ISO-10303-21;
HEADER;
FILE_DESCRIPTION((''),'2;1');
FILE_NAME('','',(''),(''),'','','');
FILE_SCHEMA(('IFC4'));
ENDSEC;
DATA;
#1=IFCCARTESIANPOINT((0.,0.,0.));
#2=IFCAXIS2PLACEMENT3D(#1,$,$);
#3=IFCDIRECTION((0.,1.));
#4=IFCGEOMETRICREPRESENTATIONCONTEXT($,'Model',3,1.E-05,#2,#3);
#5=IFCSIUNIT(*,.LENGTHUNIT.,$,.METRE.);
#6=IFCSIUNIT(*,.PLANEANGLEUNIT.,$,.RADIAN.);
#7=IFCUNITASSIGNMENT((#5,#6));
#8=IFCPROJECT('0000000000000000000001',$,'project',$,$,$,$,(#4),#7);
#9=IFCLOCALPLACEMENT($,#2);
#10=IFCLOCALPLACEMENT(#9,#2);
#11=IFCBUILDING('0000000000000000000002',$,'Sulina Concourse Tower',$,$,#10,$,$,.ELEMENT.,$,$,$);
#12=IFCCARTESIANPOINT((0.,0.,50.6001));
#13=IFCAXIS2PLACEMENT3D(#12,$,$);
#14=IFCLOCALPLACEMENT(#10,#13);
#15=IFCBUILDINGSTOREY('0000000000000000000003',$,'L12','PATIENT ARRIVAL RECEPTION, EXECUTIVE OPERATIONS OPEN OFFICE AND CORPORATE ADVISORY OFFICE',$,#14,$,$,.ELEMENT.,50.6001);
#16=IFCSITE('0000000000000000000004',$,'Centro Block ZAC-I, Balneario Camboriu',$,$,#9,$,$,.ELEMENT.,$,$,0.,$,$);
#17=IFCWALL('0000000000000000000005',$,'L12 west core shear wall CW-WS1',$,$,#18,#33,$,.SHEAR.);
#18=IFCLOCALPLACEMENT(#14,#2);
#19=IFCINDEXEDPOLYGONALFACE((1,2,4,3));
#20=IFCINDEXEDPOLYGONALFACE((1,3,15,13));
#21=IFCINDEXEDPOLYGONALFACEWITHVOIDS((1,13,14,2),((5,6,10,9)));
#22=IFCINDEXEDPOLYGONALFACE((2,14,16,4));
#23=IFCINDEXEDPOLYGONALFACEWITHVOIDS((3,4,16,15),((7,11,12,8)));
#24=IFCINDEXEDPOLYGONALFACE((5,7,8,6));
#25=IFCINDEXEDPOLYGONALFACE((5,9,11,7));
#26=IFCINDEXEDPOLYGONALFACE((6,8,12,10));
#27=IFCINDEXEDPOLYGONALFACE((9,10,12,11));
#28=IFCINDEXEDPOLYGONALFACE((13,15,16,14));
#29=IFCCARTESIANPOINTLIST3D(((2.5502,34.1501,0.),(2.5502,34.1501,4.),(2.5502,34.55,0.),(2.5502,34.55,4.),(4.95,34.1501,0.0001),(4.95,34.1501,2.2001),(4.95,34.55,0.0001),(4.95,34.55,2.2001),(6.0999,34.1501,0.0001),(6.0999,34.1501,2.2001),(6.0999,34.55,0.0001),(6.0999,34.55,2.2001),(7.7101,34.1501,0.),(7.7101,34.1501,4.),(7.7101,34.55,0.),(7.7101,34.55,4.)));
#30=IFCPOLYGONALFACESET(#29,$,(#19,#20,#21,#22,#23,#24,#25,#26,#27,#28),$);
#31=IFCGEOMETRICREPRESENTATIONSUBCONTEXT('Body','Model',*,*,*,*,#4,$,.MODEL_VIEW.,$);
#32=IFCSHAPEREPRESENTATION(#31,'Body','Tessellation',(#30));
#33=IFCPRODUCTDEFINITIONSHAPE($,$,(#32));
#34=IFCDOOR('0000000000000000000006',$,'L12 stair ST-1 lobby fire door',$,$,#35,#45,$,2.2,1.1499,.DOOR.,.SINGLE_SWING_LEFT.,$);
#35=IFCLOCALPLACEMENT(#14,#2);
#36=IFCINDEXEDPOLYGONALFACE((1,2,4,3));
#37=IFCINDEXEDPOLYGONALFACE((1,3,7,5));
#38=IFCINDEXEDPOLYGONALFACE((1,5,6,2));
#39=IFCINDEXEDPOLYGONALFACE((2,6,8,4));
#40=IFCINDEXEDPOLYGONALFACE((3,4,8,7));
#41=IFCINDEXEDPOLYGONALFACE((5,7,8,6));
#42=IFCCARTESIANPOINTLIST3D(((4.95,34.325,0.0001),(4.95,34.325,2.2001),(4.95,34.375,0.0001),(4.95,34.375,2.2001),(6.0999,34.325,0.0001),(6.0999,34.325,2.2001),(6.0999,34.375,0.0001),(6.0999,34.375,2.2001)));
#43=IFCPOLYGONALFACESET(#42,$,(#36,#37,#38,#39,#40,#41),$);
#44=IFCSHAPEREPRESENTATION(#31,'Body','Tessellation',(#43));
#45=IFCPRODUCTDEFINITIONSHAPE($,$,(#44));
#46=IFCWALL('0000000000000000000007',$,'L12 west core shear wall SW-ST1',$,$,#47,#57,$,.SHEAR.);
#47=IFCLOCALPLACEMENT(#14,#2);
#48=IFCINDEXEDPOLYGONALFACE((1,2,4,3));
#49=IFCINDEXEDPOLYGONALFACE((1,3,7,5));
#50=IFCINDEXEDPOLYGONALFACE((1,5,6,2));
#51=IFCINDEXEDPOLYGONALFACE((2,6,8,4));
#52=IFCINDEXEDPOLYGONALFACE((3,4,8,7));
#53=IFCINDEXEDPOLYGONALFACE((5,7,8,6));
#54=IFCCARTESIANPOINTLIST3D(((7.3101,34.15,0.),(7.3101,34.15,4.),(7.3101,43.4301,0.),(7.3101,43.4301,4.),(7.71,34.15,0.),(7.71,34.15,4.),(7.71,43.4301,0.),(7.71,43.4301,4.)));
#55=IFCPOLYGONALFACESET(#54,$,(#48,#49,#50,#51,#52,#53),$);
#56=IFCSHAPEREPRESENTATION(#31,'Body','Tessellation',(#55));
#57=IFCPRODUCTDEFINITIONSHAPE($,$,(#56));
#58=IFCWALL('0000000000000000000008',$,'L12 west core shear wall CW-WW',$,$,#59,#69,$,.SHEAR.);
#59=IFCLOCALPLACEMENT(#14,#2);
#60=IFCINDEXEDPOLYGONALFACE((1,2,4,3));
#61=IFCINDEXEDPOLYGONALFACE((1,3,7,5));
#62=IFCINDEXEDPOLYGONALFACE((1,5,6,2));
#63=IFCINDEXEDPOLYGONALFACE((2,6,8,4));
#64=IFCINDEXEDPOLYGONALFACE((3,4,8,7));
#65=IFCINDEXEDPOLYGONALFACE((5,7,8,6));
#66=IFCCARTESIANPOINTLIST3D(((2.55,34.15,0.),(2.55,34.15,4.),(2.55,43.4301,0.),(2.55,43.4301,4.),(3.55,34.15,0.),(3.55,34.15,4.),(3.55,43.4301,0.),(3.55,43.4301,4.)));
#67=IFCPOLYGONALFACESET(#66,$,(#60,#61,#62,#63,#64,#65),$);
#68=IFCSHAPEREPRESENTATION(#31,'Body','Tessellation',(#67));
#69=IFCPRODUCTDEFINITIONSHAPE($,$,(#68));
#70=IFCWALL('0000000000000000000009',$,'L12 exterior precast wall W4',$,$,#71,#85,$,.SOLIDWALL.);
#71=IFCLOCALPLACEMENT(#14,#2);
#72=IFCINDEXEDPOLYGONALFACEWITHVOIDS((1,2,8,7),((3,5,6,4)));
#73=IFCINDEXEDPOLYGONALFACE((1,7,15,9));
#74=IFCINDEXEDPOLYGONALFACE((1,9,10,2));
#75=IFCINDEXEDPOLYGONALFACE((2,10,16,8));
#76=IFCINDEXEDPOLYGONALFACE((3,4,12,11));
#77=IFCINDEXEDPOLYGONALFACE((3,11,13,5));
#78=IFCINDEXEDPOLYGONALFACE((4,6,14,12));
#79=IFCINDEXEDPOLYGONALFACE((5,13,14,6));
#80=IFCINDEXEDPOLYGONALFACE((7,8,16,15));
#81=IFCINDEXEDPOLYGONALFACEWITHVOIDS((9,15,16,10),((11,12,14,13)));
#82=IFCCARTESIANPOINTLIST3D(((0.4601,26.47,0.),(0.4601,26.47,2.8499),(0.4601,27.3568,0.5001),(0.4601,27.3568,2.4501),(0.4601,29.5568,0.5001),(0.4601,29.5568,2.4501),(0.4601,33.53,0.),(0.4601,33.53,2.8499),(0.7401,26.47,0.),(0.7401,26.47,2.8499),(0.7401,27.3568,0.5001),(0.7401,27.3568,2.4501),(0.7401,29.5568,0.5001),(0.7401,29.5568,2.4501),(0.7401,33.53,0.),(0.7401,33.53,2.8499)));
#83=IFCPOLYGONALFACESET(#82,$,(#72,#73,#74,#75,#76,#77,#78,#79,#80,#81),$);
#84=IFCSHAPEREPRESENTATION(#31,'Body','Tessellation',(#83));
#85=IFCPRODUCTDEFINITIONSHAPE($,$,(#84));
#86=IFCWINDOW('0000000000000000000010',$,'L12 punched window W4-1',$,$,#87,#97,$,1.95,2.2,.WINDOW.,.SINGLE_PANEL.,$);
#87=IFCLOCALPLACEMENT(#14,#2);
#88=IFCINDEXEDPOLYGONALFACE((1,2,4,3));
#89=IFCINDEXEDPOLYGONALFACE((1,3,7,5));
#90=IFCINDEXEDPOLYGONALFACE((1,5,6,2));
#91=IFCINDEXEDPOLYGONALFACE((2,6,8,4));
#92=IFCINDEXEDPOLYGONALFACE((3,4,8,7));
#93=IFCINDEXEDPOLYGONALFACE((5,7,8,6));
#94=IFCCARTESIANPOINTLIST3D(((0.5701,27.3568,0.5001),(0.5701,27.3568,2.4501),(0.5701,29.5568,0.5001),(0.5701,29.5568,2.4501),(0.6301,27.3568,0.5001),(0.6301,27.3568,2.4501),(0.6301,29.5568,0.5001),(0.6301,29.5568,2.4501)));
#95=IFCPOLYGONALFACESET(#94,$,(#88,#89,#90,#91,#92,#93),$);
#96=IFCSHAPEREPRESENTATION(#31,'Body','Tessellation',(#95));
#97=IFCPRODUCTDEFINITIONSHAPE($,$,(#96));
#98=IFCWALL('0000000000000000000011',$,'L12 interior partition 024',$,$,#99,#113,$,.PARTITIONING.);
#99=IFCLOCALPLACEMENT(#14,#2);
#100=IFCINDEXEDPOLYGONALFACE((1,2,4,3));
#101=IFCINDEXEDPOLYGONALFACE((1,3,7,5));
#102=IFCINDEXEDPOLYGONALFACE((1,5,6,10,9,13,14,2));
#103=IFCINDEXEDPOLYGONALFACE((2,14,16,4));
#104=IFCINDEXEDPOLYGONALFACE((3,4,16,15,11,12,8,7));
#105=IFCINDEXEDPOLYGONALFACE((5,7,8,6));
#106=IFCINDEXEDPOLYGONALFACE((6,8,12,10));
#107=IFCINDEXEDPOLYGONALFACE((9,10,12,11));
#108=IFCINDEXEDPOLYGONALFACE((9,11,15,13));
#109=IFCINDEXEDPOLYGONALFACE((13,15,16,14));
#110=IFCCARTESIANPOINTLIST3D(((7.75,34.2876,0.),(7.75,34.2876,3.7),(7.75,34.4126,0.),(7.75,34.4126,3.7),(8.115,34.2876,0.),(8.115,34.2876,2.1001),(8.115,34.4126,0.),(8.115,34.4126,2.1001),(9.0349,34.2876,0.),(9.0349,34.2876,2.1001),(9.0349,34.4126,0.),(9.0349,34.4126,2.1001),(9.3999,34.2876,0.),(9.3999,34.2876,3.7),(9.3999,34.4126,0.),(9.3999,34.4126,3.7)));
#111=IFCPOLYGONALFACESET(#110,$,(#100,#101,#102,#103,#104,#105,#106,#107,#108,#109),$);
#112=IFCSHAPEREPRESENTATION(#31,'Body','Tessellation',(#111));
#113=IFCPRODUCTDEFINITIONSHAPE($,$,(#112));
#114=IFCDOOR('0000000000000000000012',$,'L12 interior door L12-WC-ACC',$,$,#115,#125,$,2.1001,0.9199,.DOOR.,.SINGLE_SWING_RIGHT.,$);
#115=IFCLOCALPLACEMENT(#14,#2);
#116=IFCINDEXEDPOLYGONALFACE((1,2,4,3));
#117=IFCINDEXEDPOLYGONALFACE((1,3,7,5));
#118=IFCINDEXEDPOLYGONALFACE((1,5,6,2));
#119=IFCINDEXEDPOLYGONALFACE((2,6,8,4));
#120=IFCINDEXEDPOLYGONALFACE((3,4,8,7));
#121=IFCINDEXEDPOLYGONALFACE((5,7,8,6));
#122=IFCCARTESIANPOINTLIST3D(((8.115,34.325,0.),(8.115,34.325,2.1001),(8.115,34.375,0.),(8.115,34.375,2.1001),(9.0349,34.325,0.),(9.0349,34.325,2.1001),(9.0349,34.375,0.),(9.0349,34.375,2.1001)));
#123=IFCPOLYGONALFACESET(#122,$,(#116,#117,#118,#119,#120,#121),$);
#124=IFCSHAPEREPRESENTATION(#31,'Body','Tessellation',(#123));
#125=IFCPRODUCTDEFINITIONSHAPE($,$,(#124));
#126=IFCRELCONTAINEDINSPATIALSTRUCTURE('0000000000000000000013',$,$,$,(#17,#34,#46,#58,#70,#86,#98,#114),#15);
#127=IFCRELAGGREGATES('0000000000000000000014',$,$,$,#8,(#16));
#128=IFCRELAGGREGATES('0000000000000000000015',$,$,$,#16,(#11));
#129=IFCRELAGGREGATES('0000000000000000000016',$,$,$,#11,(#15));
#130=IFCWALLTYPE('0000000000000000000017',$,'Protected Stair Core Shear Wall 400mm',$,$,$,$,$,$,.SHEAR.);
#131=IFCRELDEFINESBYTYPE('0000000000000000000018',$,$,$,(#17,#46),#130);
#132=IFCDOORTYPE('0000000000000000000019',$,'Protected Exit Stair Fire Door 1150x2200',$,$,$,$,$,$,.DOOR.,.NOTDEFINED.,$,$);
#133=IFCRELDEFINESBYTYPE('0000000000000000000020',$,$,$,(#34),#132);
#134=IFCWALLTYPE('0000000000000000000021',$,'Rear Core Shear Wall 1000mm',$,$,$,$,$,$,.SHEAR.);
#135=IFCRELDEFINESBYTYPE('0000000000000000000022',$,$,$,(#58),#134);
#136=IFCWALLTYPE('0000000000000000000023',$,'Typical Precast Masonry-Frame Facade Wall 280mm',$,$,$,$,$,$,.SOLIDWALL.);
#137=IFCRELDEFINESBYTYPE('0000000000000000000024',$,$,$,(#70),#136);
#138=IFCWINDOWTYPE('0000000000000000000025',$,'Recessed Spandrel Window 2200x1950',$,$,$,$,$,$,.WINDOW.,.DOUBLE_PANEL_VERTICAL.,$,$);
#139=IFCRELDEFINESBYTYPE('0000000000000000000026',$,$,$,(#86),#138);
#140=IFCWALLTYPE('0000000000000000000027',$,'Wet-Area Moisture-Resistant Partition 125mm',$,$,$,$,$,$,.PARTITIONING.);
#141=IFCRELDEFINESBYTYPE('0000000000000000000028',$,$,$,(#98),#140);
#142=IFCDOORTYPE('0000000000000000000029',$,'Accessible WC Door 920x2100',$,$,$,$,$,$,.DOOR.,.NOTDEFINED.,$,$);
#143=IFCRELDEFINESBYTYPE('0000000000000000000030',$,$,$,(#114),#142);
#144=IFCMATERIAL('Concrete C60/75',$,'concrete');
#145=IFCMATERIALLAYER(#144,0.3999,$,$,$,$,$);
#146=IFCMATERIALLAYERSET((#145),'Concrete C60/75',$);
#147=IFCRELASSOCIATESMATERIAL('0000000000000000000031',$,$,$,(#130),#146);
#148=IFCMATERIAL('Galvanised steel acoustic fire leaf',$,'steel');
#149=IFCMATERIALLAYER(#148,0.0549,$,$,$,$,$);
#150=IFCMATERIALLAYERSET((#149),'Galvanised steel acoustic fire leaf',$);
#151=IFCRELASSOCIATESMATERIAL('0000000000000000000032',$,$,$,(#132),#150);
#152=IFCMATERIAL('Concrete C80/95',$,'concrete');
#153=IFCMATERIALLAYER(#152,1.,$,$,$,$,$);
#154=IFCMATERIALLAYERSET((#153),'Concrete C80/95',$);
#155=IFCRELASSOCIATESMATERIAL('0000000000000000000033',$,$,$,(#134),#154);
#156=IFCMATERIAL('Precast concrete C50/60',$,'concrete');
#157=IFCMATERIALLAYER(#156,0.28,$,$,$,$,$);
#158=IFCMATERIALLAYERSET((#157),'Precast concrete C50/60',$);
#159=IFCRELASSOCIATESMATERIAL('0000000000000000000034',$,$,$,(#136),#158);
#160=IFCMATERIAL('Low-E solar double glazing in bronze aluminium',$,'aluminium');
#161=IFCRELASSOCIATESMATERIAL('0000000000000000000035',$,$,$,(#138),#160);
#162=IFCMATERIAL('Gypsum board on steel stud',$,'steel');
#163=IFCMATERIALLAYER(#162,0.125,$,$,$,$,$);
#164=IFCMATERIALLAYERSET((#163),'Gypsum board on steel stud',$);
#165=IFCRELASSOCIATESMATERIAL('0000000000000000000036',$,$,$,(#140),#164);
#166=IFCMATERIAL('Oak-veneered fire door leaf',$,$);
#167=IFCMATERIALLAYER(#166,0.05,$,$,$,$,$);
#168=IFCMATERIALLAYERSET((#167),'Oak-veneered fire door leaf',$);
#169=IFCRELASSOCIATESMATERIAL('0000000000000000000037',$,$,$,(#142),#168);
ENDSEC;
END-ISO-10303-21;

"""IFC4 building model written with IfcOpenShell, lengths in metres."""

from ifc_helpers import new_model, si_unit, direction, frame, frame_2d, origin, place, context, subcontext, project, spatial, rectangle, extrude, material, layer, layer_set, type_object, element, fill, save


model = new_model("IFC4")

# Units and contexts
model_context = context("Model", 3, precision=1e-05, world=origin(), true_north=direction((0.0, 1.0)))
body_context = subcontext(model_context, "Body", "Model", "MODEL_VIEW")
ifc_project = project(units=[si_unit("LENGTHUNIT", "METRE"), si_unit("PLANEANGLEUNIT", "RADIAN")], contexts=[model_context])

# Site, building, storey
site_placement = place(None, origin())
site = spatial("IfcSite", under=ifc_project, at=site_placement, Name="Centro Block ZAC-I, Balneario Camboriu", CompositionType="ELEMENT", RefElevation=0.0)
building_placement = place(site_placement, origin())
building = spatial("IfcBuilding", under=site, at=building_placement, Name="Sulina Concourse Tower", CompositionType="ELEMENT")
storey_placement = place(building_placement, frame((0.0, 0.0, 50.6001)))
storey = spatial("IfcBuildingStorey", under=building, at=storey_placement, Name="L12", Description="PATIENT ARRIVAL RECEPTION, EXECUTIVE OPERATIONS OPEN OFFICE AND CORPORATE ADVISORY OFFICE", CompositionType="ELEMENT", Elevation=50.6001)

# Wall, opening, door
ifc_material_1 = material(Name="Concrete C60/75", Category="concrete")
ifc_layer_1 = layer(ifc_material_1, 0.3999)
ifc_layer_set_1 = layer_set([ifc_layer_1], Name="Concrete C60/75")
wall_type_1 = type_object("IfcWallType", Name="Protected Stair Core Shear Wall 400mm", PredefinedType="SHEAR", material=ifc_layer_set_1)
wall_1_placement = place(storey_placement, frame((2.55, 34.3501, 0.0), z_axis=(0.0, 0.0, 1.0), x_axis=(1.0, 0.0, 0.0)))
wall_1 = element("IfcWall", 1, at=wall_1_placement, inside=storey, type_object=wall_type_1, Name="L12 west core shear wall CW-WS1", PredefinedType="SHEAR", context=body_context, shape_type="SweptSolid", body=[
    extrude(rectangle(XDim=5.1599, YDim=0.3999, at=frame_2d((2.5801, 0.0))), origin(), (0.0, 0.0, 1.0), 4.0),
])
opening_1_placement = place(wall_1_placement, frame((2.3999, 0.0, 0.0)))
opening_1 = element("IfcOpeningElement", 2, at=opening_1_placement, cuts=wall_1, PredefinedType="OPENING", context=body_context, shape_type="SweptSolid", body=[
    extrude(rectangle(XDim=1.1499, YDim=2.2, at=frame_2d((0.575, 1.1001))), frame((0.0, 0.21, 0.0), z_axis=(0.0, -1.0, 0.0), x_axis=(1.0, 0.0, 0.0)), (0.0, 0.0, 1.0), 0.4199),
])
ifc_material_2 = material(Name="Galvanised steel acoustic fire leaf", Category="steel")
ifc_layer_2 = layer(ifc_material_2, 0.0549)
ifc_layer_set_2 = layer_set([ifc_layer_2], Name="Galvanised steel acoustic fire leaf")
door_type_1 = type_object("IfcDoorType", Name="Protected Exit Stair Fire Door 1150x2200", OperationType="NOTDEFINED", PredefinedType="DOOR", material=ifc_layer_set_2)
door_1_placement = place(opening_1_placement, origin())
door_1 = element("IfcDoor", 3, at=door_1_placement, inside=storey, type_object=door_type_1, Name="L12 stair ST-1 lobby fire door", OperationType="SINGLE_SWING_LEFT", OverallHeight=2.2, OverallWidth=1.1499, PredefinedType="DOOR", context=body_context, shape_type="SweptSolid", body=[
    extrude(rectangle(XDim=1.1499, YDim=2.2, at=frame_2d((0.575, 1.1001))), frame((0.0, 0.0249, 0.0), z_axis=(0.0, -1.0, 0.0), x_axis=(1.0, 0.0, 0.0)), (0.0, 0.0, 1.0), 0.05),
])
fill(opening_1, door_1)

# Walls
wall_2_placement = place(storey_placement, frame((7.51, 34.1499, 0.0), z_axis=(0.0, 0.0, 1.0), x_axis=(0.0, 1.0, 0.0)))
element("IfcWall", 4, at=wall_2_placement, inside=storey, type_object=wall_type_1, Name="L12 west core shear wall SW-ST1", PredefinedType="SHEAR", context=body_context, shape_type="SweptSolid", body=[
    extrude(rectangle(XDim=9.28, YDim=0.3999, at=frame_2d((4.6401, 0.0))), origin(), (0.0, 0.0, 1.0), 4.0),
])
ifc_material_3 = material(Name="Concrete C80/95", Category="concrete")
ifc_layer_3 = layer(ifc_material_3, 1.0)
ifc_layer_set_3 = layer_set([ifc_layer_3], Name="Concrete C80/95")
wall_type_2 = type_object("IfcWallType", Name="Rear Core Shear Wall 1000mm", PredefinedType="SHEAR", material=ifc_layer_set_3)
wall_3_placement = place(storey_placement, frame((3.05, 34.1499, 0.0), z_axis=(0.0, 0.0, 1.0), x_axis=(0.0, 1.0, 0.0)))
element("IfcWall", 5, at=wall_3_placement, inside=storey, type_object=wall_type_2, Name="L12 west core shear wall CW-WW", PredefinedType="SHEAR", context=body_context, shape_type="SweptSolid", body=[
    extrude(rectangle(XDim=9.28, YDim=1.0, at=frame_2d((4.6401, 0.0))), origin(), (0.0, 0.0, 1.0), 4.0),
])

# Wall, opening, window
ifc_material_4 = material(Name="Precast concrete C50/60", Category="concrete")
ifc_layer_4 = layer(ifc_material_4, 0.28)
ifc_layer_set_4 = layer_set([ifc_layer_4], Name="Precast concrete C50/60")
wall_type_3 = type_object("IfcWallType", Name="Typical Precast Masonry-Frame Facade Wall 280mm", PredefinedType="SOLIDWALL", material=ifc_layer_set_4)
wall_4_placement = place(storey_placement, frame((0.6001, 26.47, 0.0), z_axis=(0.0, 0.0, 1.0), x_axis=(0.0, 1.0, 0.0)))
wall_4 = element("IfcWall", 6, at=wall_4_placement, inside=storey, type_object=wall_type_3, Name="L12 exterior precast wall W4", PredefinedType="SOLIDWALL", context=body_context, shape_type="SweptSolid", body=[
    extrude(rectangle(XDim=7.0601, YDim=0.28, at=frame_2d((3.53, 0.0))), origin(), (0.0, 0.0, 1.0), 2.8499),
])
opening_2_placement = place(wall_4_placement, frame((0.8867, 0.0, 0.5)))
opening_2 = element("IfcOpeningElement", 7, at=opening_2_placement, cuts=wall_4, PredefinedType="OPENING", context=body_context, shape_type="SweptSolid", body=[
    extrude(rectangle(XDim=2.2, YDim=1.95, at=frame_2d((1.1001, 0.9751))), frame((0.0, 0.1499, 0.0), z_axis=(0.0, -1.0, 0.0), x_axis=(1.0, 0.0, 0.0)), (0.0, 0.0, 1.0), 0.3),
])
ifc_material_5 = material(Name="Low-E solar double glazing in bronze aluminium", Category="aluminium")
window_type = type_object("IfcWindowType", Name="Recessed Spandrel Window 2200x1950", PartitioningType="DOUBLE_PANEL_VERTICAL", PredefinedType="WINDOW", material=ifc_material_5)
window_placement = place(opening_2_placement, origin())
window = element("IfcWindow", 8, at=window_placement, inside=storey, type_object=window_type, Name="L12 punched window W4-1", OverallHeight=1.95, OverallWidth=2.2, PartitioningType="SINGLE_PANEL", PredefinedType="WINDOW", context=body_context, shape_type="SweptSolid", body=[
    extrude(rectangle(XDim=2.2, YDim=1.95, at=frame_2d((1.1001, 0.9751))), frame((0.0, 0.03, 0.0), z_axis=(0.0, -1.0, 0.0), x_axis=(1.0, 0.0, 0.0)), (0.0, 0.0, 1.0), 0.0601),
])
fill(opening_2, window)

# Wall, opening, door
ifc_material_6 = material(Name="Gypsum board on steel stud", Category="steel")
ifc_layer_5 = layer(ifc_material_6, 0.125)
ifc_layer_set_5 = layer_set([ifc_layer_5], Name="Gypsum board on steel stud")
wall_type_4 = type_object("IfcWallType", Name="Wet-Area Moisture-Resistant Partition 125mm", PredefinedType="PARTITIONING", material=ifc_layer_set_5)
wall_5_placement = place(storey_placement, frame((7.75, 34.3501, 0.0), z_axis=(0.0, 0.0, 1.0), x_axis=(1.0, 0.0, 0.0)))
wall_5 = element("IfcWall", 9, at=wall_5_placement, inside=storey, type_object=wall_type_4, Name="L12 interior partition 024", PredefinedType="PARTITIONING", context=body_context, shape_type="SweptSolid", body=[
    extrude(rectangle(XDim=1.6499, YDim=0.125, at=frame_2d((0.825, 0.0))), origin(), (0.0, 0.0, 1.0), 3.7),
])
opening_3_placement = place(wall_5_placement, frame((0.365, 0.0, 0.0)))
opening_3 = element("IfcOpeningElement", 10, at=opening_3_placement, cuts=wall_5, PredefinedType="OPENING", context=body_context, shape_type="SweptSolid", body=[
    extrude(rectangle(XDim=0.9199, YDim=2.1001, at=frame_2d((0.46, 1.05))), frame((0.0, 0.0725, 0.0), z_axis=(0.0, -1.0, 0.0), x_axis=(1.0, 0.0, 0.0)), (0.0, 0.0, 1.0), 0.145),
])
ifc_material_7 = material(Name="Oak-veneered fire door leaf")
ifc_layer_6 = layer(ifc_material_7, 0.05)
ifc_layer_set_6 = layer_set([ifc_layer_6], Name="Oak-veneered fire door leaf")
door_type_2 = type_object("IfcDoorType", Name="Accessible WC Door 920x2100", OperationType="NOTDEFINED", PredefinedType="DOOR", material=ifc_layer_set_6)
door_2_placement = place(opening_3_placement, origin())
door_2 = element("IfcDoor", 11, at=door_2_placement, inside=storey, type_object=door_type_2, Name="L12 interior door L12-WC-ACC", OperationType="SINGLE_SWING_RIGHT", OverallHeight=2.1001, OverallWidth=0.9199, PredefinedType="DOOR", context=body_context, shape_type="SweptSolid", body=[
    extrude(rectangle(XDim=0.9199, YDim=2.1001, at=frame_2d((0.46, 1.05))), frame((0.0, 0.0249, 0.0), z_axis=(0.0, -1.0, 0.0), x_axis=(1.0, 0.0, 0.0)), (0.0, 0.0, 1.0), 0.05),
])
fill(opening_3, door_2)

save(model, "model.ifc")
